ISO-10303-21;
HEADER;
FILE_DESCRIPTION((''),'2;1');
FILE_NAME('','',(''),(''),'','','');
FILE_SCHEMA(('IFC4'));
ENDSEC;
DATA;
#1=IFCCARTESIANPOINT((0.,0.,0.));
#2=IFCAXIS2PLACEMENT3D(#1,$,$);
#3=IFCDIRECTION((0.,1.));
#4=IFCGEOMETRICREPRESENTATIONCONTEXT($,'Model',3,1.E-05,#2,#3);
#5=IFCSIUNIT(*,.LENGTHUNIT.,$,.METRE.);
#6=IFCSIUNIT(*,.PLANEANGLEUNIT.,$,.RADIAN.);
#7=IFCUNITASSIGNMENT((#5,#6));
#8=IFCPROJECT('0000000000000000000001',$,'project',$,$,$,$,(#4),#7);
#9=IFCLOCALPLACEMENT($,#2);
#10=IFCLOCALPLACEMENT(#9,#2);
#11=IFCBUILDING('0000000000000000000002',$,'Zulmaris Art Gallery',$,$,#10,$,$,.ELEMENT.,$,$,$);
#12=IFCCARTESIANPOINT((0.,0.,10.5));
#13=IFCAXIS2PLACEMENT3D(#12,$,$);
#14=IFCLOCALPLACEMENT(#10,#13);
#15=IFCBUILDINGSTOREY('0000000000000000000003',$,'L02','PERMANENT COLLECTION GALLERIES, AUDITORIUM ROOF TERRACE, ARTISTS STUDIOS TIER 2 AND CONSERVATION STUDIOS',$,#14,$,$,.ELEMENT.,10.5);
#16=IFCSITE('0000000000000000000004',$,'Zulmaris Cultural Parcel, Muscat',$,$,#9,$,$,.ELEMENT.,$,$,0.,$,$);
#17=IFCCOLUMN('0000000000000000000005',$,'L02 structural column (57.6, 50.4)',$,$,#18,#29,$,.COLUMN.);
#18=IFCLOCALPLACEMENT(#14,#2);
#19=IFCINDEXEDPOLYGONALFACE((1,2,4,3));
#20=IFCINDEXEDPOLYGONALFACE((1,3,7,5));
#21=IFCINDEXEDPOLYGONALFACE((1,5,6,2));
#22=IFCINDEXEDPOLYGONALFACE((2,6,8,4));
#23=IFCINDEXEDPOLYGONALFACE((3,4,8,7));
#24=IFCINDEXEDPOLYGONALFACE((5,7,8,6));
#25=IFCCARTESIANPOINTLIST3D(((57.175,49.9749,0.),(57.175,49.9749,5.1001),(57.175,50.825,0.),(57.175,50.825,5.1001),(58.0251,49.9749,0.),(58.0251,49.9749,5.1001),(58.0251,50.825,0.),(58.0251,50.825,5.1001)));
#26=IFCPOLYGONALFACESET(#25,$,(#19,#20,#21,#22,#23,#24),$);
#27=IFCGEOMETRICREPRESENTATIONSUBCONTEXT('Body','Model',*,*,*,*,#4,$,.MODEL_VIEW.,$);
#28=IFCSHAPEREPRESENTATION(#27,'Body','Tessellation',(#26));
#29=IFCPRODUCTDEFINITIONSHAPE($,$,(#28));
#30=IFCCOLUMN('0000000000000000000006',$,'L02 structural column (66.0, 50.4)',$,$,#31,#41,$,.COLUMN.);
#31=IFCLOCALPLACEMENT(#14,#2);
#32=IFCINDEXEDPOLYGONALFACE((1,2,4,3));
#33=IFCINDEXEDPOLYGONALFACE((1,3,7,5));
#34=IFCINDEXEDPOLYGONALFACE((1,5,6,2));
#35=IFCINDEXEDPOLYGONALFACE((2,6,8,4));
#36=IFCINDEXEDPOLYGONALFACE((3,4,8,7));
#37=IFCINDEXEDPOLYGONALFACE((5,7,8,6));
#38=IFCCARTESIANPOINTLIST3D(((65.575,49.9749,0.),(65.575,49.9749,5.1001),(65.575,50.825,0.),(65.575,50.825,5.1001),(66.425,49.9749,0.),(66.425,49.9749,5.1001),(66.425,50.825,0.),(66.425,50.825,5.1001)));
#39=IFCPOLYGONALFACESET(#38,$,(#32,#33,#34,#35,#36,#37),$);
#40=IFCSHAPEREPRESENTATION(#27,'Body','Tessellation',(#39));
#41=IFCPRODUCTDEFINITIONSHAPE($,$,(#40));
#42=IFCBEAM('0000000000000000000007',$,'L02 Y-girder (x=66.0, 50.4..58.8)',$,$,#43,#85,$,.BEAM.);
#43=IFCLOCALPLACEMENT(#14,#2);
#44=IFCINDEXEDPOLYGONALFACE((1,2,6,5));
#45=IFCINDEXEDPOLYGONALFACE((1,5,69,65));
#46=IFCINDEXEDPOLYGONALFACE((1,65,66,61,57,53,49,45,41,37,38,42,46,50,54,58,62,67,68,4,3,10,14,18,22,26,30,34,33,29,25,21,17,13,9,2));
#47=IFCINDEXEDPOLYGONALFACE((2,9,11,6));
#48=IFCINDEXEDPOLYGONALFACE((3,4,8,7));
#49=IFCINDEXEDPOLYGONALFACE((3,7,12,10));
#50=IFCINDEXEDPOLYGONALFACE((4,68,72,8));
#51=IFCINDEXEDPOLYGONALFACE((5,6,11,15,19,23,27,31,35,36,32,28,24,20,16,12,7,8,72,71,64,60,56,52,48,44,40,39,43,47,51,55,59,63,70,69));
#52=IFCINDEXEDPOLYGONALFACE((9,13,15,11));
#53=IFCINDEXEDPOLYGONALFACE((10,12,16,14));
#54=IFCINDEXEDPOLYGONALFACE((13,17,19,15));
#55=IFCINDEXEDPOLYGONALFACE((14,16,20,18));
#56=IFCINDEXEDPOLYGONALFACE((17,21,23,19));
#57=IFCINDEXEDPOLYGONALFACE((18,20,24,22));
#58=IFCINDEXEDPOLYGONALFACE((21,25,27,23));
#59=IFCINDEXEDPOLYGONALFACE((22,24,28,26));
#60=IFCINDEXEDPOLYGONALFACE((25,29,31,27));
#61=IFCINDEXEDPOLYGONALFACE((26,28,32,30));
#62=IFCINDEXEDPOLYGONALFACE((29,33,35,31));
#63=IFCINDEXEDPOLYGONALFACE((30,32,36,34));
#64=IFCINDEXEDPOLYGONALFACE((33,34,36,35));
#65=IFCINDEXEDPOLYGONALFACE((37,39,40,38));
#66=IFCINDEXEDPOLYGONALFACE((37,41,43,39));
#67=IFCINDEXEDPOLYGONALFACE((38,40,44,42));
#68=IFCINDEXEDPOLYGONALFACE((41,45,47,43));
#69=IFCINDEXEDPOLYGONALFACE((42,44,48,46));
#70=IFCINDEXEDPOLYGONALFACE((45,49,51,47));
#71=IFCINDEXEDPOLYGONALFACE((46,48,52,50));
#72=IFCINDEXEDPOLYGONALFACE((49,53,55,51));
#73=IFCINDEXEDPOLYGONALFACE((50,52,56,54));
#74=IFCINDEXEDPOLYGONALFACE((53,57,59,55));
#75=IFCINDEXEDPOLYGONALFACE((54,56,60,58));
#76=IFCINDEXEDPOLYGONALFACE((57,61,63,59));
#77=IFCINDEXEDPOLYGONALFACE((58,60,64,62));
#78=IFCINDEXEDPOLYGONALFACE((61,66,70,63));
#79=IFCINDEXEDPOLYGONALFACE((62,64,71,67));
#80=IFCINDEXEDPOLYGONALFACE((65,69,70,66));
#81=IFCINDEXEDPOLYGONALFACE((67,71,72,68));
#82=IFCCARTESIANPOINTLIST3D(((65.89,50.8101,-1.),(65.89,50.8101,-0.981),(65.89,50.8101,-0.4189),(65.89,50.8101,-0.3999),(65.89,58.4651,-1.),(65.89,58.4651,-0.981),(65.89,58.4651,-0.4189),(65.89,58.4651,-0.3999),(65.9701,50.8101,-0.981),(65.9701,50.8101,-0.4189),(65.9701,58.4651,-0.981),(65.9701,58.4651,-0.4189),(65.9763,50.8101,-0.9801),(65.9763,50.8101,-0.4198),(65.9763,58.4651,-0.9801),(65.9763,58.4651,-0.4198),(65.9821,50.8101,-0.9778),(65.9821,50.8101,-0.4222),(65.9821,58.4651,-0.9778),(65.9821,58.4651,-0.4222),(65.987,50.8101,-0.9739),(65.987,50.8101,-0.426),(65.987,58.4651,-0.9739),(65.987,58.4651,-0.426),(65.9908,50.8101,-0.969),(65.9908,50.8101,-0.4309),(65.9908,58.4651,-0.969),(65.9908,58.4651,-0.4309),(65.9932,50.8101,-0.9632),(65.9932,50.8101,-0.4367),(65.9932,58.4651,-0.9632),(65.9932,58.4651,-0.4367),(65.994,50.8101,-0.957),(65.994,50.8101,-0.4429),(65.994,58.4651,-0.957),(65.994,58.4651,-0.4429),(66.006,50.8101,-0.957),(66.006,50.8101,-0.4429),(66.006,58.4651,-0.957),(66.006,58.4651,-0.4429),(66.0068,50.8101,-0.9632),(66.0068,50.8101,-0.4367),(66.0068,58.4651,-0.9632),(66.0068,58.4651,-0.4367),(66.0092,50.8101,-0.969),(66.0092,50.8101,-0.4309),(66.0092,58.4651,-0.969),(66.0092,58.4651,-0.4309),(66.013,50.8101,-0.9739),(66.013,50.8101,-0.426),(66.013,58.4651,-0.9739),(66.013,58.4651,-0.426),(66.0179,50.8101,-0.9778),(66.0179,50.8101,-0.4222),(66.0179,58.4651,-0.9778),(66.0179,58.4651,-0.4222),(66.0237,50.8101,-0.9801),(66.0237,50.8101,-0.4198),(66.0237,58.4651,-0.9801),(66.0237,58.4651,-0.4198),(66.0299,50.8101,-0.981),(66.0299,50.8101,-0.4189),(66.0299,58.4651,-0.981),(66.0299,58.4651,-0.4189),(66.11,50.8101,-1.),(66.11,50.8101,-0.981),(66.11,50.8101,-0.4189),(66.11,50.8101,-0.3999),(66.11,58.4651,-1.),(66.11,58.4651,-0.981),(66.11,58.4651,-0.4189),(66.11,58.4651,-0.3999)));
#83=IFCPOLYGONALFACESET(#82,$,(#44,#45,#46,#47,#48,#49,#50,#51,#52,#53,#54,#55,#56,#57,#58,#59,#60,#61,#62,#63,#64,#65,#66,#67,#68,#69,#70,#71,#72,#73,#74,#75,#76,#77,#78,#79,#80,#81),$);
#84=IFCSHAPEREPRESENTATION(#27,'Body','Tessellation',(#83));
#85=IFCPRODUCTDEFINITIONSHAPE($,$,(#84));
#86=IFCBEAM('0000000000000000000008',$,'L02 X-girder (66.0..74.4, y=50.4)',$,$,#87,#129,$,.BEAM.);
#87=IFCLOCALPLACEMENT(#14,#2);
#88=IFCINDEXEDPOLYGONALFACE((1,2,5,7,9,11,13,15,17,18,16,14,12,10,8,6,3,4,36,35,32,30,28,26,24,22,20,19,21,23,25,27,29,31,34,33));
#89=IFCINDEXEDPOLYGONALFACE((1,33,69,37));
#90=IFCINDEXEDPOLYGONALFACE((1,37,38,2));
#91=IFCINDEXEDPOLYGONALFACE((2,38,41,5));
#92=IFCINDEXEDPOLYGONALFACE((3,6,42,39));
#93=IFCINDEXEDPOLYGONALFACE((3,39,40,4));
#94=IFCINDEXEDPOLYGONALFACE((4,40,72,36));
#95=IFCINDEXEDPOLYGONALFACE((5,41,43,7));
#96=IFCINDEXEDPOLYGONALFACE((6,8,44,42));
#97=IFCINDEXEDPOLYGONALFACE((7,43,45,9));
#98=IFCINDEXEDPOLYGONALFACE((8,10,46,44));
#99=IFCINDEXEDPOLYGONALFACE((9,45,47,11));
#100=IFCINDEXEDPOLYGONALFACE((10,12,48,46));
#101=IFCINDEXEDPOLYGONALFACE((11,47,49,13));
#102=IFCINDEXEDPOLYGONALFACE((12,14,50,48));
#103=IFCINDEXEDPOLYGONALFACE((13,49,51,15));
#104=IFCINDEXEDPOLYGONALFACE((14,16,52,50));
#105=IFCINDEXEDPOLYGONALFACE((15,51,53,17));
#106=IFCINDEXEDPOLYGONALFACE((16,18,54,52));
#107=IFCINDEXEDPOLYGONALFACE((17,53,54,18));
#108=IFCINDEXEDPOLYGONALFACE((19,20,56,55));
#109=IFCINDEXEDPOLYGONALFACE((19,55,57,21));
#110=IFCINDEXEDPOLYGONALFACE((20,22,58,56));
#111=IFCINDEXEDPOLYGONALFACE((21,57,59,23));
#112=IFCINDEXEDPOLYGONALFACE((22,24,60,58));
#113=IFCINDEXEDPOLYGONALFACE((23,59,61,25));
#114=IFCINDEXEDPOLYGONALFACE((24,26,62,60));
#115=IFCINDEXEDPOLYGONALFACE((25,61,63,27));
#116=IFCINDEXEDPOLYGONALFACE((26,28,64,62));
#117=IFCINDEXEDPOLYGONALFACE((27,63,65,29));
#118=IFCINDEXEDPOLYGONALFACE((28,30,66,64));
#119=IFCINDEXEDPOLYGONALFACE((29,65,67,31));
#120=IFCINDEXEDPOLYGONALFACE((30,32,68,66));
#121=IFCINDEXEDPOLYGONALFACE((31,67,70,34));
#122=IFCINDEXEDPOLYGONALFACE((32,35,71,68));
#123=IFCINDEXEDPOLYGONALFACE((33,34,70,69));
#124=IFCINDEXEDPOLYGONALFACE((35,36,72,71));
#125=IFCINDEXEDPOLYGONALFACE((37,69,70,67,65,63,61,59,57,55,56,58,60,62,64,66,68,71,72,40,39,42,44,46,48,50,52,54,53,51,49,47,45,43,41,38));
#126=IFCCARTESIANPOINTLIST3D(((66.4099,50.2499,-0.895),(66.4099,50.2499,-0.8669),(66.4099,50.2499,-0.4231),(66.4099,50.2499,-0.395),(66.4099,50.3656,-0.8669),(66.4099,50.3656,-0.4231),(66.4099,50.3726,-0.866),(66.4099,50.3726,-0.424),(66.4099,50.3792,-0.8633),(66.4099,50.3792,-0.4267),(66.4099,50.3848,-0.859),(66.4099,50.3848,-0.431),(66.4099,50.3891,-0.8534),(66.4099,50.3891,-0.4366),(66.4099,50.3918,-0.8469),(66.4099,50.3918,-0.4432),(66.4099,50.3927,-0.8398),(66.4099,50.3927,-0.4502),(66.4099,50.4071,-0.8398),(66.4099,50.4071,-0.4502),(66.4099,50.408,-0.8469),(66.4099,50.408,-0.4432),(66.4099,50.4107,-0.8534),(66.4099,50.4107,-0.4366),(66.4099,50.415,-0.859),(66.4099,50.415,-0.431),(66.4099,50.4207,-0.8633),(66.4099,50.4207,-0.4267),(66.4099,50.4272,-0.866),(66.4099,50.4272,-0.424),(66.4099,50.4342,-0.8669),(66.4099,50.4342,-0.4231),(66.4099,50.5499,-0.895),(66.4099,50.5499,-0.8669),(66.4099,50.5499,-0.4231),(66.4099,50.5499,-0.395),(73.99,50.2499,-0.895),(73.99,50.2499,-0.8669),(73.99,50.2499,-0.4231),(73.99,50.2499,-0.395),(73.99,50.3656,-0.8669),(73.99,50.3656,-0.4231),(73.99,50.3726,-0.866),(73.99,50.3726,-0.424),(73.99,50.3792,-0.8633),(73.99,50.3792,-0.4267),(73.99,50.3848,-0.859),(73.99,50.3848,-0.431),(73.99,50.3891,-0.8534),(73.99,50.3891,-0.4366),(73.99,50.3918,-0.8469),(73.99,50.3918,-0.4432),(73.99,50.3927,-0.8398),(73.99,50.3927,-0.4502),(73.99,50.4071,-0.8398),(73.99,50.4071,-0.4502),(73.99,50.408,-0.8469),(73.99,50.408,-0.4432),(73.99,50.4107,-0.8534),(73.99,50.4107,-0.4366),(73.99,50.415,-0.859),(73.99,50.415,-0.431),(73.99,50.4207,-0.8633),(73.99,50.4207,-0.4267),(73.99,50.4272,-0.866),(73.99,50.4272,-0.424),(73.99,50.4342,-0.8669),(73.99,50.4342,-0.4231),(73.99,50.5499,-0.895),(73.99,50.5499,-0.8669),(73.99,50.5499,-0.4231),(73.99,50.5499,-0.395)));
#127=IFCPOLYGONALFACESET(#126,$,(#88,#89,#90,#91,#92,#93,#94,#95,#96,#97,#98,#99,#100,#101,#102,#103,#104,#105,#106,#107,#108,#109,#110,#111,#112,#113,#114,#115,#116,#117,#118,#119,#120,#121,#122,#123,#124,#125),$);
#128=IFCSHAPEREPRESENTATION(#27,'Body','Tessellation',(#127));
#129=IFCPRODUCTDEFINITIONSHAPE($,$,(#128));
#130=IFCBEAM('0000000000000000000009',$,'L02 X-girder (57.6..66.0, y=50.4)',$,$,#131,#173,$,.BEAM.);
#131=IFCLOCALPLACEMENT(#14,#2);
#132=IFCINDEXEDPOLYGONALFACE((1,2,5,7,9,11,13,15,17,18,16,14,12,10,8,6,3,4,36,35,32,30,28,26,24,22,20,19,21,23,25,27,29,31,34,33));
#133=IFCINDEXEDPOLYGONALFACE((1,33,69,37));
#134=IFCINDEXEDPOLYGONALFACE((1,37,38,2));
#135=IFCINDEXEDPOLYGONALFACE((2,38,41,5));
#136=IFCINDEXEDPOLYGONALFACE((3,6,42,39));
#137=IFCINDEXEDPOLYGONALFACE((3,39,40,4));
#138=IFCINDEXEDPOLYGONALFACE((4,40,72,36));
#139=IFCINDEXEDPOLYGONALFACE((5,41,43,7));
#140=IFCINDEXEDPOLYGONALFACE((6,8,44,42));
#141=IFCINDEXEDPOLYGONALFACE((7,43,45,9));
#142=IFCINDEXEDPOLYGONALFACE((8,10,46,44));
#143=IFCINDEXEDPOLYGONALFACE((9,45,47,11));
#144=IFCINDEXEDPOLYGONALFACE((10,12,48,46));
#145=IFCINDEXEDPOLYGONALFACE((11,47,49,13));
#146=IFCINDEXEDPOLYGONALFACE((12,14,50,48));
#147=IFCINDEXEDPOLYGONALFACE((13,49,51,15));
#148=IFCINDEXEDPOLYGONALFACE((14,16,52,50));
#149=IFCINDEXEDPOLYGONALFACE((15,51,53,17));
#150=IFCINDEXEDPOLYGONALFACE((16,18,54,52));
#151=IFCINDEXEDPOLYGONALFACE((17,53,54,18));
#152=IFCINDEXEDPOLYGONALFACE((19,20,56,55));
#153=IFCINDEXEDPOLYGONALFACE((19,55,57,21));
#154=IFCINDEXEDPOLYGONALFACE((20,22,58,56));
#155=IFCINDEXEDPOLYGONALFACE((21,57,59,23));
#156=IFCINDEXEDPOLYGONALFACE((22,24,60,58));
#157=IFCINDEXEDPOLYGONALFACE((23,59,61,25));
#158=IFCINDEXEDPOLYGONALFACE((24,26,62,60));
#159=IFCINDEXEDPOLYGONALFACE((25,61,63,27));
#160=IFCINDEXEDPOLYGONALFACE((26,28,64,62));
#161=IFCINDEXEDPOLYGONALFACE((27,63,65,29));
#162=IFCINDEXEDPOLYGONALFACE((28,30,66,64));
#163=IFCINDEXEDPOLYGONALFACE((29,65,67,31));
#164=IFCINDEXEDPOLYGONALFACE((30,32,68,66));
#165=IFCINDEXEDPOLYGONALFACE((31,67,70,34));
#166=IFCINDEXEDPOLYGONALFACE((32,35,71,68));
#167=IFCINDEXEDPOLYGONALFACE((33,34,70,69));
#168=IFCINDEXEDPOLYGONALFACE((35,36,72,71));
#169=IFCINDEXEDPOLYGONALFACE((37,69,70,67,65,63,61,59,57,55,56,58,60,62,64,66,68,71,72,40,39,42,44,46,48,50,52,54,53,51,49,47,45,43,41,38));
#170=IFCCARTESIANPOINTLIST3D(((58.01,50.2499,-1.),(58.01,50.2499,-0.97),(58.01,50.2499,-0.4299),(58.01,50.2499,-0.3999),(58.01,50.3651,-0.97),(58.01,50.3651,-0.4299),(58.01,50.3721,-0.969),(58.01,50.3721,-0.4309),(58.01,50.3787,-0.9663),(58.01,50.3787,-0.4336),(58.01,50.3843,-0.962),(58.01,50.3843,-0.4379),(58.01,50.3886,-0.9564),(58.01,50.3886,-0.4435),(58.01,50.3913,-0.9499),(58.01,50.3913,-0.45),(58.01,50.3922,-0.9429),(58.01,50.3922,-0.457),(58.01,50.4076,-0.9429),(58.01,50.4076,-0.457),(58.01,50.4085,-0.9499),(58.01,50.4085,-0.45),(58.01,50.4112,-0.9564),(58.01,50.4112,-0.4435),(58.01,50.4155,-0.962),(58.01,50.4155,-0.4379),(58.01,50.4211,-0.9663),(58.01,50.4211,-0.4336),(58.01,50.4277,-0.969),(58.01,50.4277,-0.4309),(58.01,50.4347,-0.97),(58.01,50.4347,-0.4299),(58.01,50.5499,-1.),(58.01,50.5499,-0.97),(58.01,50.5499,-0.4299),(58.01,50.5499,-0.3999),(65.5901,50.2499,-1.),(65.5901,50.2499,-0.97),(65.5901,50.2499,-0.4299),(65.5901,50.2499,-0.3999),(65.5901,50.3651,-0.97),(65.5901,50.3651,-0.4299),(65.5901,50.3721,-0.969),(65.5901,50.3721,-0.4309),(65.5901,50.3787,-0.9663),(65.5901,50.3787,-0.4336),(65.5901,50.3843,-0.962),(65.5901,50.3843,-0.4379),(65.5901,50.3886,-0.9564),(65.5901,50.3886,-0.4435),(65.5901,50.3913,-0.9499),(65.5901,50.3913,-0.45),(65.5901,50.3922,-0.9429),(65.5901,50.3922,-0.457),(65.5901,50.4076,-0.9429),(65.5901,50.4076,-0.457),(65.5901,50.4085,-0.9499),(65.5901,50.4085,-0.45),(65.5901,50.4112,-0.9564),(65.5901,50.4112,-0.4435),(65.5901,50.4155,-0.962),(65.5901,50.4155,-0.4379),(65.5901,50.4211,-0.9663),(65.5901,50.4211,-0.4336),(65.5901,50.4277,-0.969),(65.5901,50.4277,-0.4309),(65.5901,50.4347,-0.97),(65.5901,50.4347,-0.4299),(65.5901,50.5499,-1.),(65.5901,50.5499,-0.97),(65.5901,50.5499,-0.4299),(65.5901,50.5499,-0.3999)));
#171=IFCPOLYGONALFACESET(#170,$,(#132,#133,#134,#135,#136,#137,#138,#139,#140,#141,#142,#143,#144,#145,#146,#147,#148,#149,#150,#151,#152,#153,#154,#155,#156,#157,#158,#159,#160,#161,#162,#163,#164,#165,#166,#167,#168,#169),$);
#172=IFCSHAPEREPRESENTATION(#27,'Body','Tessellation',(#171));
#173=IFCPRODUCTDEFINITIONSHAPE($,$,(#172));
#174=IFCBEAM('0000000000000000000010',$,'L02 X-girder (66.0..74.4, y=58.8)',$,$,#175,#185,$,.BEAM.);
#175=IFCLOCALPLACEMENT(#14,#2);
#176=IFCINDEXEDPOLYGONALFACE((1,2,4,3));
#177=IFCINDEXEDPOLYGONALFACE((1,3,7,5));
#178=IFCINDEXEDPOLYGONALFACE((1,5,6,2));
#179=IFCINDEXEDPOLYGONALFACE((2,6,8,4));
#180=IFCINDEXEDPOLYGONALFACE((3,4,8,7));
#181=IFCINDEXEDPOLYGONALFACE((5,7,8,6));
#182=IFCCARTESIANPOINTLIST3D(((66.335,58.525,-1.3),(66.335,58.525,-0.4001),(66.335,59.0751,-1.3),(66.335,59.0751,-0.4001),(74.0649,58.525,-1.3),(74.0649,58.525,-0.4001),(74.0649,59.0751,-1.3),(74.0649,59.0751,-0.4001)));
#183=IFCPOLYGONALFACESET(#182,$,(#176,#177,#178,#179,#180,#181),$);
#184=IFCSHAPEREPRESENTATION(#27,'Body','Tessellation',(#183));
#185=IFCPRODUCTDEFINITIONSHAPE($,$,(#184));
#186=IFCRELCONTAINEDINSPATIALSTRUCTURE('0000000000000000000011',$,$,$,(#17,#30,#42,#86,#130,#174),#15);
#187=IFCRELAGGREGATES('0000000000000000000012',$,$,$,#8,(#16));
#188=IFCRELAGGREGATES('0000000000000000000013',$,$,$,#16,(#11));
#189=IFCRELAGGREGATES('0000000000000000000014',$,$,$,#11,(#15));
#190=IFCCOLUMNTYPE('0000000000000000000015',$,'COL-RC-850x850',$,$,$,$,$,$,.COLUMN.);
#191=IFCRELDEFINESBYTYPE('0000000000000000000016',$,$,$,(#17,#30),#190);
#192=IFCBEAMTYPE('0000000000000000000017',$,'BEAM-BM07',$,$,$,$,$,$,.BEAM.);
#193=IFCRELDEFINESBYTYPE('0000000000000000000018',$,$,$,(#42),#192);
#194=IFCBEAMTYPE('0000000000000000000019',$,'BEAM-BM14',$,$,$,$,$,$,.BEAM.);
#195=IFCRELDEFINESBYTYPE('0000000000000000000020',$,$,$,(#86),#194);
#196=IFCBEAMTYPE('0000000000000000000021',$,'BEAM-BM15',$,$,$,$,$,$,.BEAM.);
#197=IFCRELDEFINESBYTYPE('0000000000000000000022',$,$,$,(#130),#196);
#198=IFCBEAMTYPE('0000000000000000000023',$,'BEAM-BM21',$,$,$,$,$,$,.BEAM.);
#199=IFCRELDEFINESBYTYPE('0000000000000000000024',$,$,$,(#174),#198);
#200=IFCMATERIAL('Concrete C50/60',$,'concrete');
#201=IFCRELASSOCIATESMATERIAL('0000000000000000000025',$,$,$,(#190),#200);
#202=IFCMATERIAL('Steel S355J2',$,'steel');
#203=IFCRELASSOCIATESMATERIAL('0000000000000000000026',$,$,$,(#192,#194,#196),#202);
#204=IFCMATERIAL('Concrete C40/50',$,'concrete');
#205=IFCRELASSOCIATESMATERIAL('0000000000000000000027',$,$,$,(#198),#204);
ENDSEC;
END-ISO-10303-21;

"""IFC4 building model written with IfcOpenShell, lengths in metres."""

from ifc_helpers import new_model, si_unit, direction, frame, origin, origin_2d, place, context, subcontext, project, spatial, rectangle, i_section, extrude, material, material_profile, profile_set, type_object, element, save


model = new_model("IFC4")

# Units and contexts
model_context = context("Model", 3, precision=1e-05, world=origin(), true_north=direction((0.0, 1.0)))
body_context = subcontext(model_context, "Body", "Model", "MODEL_VIEW")
ifc_project = project(units=[si_unit("LENGTHUNIT", "METRE"), si_unit("PLANEANGLEUNIT", "RADIAN")], contexts=[model_context])

# Site, building, storey
site_placement = place(None, origin())
site = spatial("IfcSite", under=ifc_project, at=site_placement, Name="Zulmaris Cultural Parcel, Muscat", CompositionType="ELEMENT", RefElevation=0.0)
building_placement = place(site_placement, origin())
building = spatial("IfcBuilding", under=site, at=building_placement, Name="Zulmaris Art Gallery", CompositionType="ELEMENT")
storey_placement = place(building_placement, frame((0.0, 0.0, 10.5)))
storey = spatial("IfcBuildingStorey", under=building, at=storey_placement, Name="L02", Description="PERMANENT COLLECTION GALLERIES, AUDITORIUM ROOF TERRACE, ARTISTS STUDIOS TIER 2 AND CONSERVATION STUDIOS", CompositionType="ELEMENT", Elevation=10.5)

# Columns
ifc_material_1 = material(Name="Concrete C50/60", Category="concrete")
ifc_material_profile_1 = material_profile(ifc_material_1, rectangle(XDim=0.8501, YDim=0.8501, at=origin_2d()), Name="RC 850x850")
ifc_profile_set_1 = profile_set([ifc_material_profile_1], Name="Concrete C50/60")
column_type = type_object("IfcColumnType", Name="COL-RC-850x850", PredefinedType="COLUMN", material=ifc_profile_set_1)
for number, where, z_axis, x_axis, name in (
    (1, (57.6001, 50.3999, 0.0), (0.0, 0.0, 1.0), (1.0, 0.0, 0.0), "L02 structural column (57.6, 50.4)"),
    (2, (66.0, 50.3999, 0.0), (0.0, 0.0, 1.0), (1.0, 0.0, 0.0), "L02 structural column (66.0, 50.4)"),
):
    element("IfcColumn", number, at=place(storey_placement, frame(where, z_axis=z_axis, x_axis=x_axis)), inside=storey, type_object=column_type, Name=name, PredefinedType="COLUMN", context=body_context, shape_type="SweptSolid", body=[
        extrude(rectangle(XDim=0.8501, YDim=0.8501, at=origin_2d()), origin(), (0.0, 0.0, 1.0), 5.1001),
    ])

# Beams
ifc_material_2 = material(Name="Steel S355J2", Category="steel")
ifc_material_profile_2 = material_profile(ifc_material_2, i_section(OverallWidth=0.22, OverallDepth=0.6001, WebThickness=0.012, FlangeThickness=0.019, FilletRadius=0.0239, at=origin_2d()), Name="IPE 600")
ifc_profile_set_2 = profile_set([ifc_material_profile_2], Name="Steel S355J2")
beam_type_1 = type_object("IfcBeamType", Name="BEAM-BM07", PredefinedType="BEAM", material=ifc_profile_set_2)
beam_1_placement = place(storey_placement, frame((66.0, 50.8101, -0.7), z_axis=(0.0, 1.0, 0.0), x_axis=(-1.0, 0.0, 0.0)))
element("IfcBeam", 3, at=beam_1_placement, inside=storey, type_object=beam_type_1, Name="L02 Y-girder (x=66.0, 50.4..58.8)", PredefinedType="BEAM", context=body_context, shape_type="SweptSolid", body=[
    extrude(i_section(OverallWidth=0.22, OverallDepth=0.6001, WebThickness=0.012, FlangeThickness=0.019, FilletRadius=0.0239, at=origin_2d()), origin(), (0.0, 0.0, 1.0), 7.655),
])
ifc_material_profile_3 = material_profile(ifc_material_2, i_section(OverallWidth=0.3, OverallDepth=0.5, WebThickness=0.0144, FlangeThickness=0.0281, FilletRadius=0.0271, at=origin_2d()), Name="HEB 500")
ifc_profile_set_3 = profile_set([ifc_material_profile_3], Name="Steel S355J2")
beam_type_2 = type_object("IfcBeamType", Name="BEAM-BM14", PredefinedType="BEAM", material=ifc_profile_set_3)
beam_2_placement = place(storey_placement, frame((66.4099, 50.3999, -0.645), z_axis=(1.0, 0.0, 0.0), x_axis=(0.0, 1.0, 0.0)))
element("IfcBeam", 4, at=beam_2_placement, inside=storey, type_object=beam_type_2, Name="L02 X-girder (66.0..74.4, y=50.4)", PredefinedType="BEAM", context=body_context, shape_type="SweptSolid", body=[
    extrude(i_section(OverallWidth=0.3, OverallDepth=0.5, WebThickness=0.0144, FlangeThickness=0.0281, FilletRadius=0.0271, at=origin_2d()), origin(), (0.0, 0.0, 1.0), 7.5801),
])
ifc_material_profile_4 = material_profile(ifc_material_2, i_section(OverallWidth=0.3, OverallDepth=0.6001, WebThickness=0.0154, FlangeThickness=0.03, FilletRadius=0.0271, at=origin_2d()), Name="HEB 600")
ifc_profile_set_4 = profile_set([ifc_material_profile_4], Name="Steel S355J2")
beam_type_3 = type_object("IfcBeamType", Name="BEAM-BM15", PredefinedType="BEAM", material=ifc_profile_set_4)
beam_3_placement = place(storey_placement, frame((58.01, 50.3999, -0.7), z_axis=(1.0, 0.0, 0.0), x_axis=(0.0, 1.0, 0.0)))
element("IfcBeam", 5, at=beam_3_placement, inside=storey, type_object=beam_type_3, Name="L02 X-girder (57.6..66.0, y=50.4)", PredefinedType="BEAM", context=body_context, shape_type="SweptSolid", body=[
    extrude(i_section(OverallWidth=0.3, OverallDepth=0.6001, WebThickness=0.0154, FlangeThickness=0.03, FilletRadius=0.0271, at=origin_2d()), origin(), (0.0, 0.0, 1.0), 7.5801),
])
ifc_material_3 = material(Name="Concrete C40/50", Category="concrete")
ifc_material_profile_5 = material_profile(ifc_material_3, rectangle(XDim=0.55, YDim=0.8999, at=origin_2d()), Name="RC 550x900")
ifc_profile_set_5 = profile_set([ifc_material_profile_5], Name="Concrete C40/50")
beam_type_4 = type_object("IfcBeamType", Name="BEAM-BM21", PredefinedType="BEAM", material=ifc_profile_set_5)
beam_4_placement = place(storey_placement, frame((66.335, 58.8, -0.8501), z_axis=(1.0, 0.0, 0.0), x_axis=(0.0, 1.0, 0.0)))
element("IfcBeam", 6, at=beam_4_placement, inside=storey, type_object=beam_type_4, Name="L02 X-girder (66.0..74.4, y=58.8)", PredefinedType="BEAM", context=body_context, shape_type="SweptSolid", body=[
    extrude(rectangle(XDim=0.55, YDim=0.8999, at=origin_2d()), origin(), (0.0, 0.0, 1.0), 7.73),
])

save(model, "model.ifc")
